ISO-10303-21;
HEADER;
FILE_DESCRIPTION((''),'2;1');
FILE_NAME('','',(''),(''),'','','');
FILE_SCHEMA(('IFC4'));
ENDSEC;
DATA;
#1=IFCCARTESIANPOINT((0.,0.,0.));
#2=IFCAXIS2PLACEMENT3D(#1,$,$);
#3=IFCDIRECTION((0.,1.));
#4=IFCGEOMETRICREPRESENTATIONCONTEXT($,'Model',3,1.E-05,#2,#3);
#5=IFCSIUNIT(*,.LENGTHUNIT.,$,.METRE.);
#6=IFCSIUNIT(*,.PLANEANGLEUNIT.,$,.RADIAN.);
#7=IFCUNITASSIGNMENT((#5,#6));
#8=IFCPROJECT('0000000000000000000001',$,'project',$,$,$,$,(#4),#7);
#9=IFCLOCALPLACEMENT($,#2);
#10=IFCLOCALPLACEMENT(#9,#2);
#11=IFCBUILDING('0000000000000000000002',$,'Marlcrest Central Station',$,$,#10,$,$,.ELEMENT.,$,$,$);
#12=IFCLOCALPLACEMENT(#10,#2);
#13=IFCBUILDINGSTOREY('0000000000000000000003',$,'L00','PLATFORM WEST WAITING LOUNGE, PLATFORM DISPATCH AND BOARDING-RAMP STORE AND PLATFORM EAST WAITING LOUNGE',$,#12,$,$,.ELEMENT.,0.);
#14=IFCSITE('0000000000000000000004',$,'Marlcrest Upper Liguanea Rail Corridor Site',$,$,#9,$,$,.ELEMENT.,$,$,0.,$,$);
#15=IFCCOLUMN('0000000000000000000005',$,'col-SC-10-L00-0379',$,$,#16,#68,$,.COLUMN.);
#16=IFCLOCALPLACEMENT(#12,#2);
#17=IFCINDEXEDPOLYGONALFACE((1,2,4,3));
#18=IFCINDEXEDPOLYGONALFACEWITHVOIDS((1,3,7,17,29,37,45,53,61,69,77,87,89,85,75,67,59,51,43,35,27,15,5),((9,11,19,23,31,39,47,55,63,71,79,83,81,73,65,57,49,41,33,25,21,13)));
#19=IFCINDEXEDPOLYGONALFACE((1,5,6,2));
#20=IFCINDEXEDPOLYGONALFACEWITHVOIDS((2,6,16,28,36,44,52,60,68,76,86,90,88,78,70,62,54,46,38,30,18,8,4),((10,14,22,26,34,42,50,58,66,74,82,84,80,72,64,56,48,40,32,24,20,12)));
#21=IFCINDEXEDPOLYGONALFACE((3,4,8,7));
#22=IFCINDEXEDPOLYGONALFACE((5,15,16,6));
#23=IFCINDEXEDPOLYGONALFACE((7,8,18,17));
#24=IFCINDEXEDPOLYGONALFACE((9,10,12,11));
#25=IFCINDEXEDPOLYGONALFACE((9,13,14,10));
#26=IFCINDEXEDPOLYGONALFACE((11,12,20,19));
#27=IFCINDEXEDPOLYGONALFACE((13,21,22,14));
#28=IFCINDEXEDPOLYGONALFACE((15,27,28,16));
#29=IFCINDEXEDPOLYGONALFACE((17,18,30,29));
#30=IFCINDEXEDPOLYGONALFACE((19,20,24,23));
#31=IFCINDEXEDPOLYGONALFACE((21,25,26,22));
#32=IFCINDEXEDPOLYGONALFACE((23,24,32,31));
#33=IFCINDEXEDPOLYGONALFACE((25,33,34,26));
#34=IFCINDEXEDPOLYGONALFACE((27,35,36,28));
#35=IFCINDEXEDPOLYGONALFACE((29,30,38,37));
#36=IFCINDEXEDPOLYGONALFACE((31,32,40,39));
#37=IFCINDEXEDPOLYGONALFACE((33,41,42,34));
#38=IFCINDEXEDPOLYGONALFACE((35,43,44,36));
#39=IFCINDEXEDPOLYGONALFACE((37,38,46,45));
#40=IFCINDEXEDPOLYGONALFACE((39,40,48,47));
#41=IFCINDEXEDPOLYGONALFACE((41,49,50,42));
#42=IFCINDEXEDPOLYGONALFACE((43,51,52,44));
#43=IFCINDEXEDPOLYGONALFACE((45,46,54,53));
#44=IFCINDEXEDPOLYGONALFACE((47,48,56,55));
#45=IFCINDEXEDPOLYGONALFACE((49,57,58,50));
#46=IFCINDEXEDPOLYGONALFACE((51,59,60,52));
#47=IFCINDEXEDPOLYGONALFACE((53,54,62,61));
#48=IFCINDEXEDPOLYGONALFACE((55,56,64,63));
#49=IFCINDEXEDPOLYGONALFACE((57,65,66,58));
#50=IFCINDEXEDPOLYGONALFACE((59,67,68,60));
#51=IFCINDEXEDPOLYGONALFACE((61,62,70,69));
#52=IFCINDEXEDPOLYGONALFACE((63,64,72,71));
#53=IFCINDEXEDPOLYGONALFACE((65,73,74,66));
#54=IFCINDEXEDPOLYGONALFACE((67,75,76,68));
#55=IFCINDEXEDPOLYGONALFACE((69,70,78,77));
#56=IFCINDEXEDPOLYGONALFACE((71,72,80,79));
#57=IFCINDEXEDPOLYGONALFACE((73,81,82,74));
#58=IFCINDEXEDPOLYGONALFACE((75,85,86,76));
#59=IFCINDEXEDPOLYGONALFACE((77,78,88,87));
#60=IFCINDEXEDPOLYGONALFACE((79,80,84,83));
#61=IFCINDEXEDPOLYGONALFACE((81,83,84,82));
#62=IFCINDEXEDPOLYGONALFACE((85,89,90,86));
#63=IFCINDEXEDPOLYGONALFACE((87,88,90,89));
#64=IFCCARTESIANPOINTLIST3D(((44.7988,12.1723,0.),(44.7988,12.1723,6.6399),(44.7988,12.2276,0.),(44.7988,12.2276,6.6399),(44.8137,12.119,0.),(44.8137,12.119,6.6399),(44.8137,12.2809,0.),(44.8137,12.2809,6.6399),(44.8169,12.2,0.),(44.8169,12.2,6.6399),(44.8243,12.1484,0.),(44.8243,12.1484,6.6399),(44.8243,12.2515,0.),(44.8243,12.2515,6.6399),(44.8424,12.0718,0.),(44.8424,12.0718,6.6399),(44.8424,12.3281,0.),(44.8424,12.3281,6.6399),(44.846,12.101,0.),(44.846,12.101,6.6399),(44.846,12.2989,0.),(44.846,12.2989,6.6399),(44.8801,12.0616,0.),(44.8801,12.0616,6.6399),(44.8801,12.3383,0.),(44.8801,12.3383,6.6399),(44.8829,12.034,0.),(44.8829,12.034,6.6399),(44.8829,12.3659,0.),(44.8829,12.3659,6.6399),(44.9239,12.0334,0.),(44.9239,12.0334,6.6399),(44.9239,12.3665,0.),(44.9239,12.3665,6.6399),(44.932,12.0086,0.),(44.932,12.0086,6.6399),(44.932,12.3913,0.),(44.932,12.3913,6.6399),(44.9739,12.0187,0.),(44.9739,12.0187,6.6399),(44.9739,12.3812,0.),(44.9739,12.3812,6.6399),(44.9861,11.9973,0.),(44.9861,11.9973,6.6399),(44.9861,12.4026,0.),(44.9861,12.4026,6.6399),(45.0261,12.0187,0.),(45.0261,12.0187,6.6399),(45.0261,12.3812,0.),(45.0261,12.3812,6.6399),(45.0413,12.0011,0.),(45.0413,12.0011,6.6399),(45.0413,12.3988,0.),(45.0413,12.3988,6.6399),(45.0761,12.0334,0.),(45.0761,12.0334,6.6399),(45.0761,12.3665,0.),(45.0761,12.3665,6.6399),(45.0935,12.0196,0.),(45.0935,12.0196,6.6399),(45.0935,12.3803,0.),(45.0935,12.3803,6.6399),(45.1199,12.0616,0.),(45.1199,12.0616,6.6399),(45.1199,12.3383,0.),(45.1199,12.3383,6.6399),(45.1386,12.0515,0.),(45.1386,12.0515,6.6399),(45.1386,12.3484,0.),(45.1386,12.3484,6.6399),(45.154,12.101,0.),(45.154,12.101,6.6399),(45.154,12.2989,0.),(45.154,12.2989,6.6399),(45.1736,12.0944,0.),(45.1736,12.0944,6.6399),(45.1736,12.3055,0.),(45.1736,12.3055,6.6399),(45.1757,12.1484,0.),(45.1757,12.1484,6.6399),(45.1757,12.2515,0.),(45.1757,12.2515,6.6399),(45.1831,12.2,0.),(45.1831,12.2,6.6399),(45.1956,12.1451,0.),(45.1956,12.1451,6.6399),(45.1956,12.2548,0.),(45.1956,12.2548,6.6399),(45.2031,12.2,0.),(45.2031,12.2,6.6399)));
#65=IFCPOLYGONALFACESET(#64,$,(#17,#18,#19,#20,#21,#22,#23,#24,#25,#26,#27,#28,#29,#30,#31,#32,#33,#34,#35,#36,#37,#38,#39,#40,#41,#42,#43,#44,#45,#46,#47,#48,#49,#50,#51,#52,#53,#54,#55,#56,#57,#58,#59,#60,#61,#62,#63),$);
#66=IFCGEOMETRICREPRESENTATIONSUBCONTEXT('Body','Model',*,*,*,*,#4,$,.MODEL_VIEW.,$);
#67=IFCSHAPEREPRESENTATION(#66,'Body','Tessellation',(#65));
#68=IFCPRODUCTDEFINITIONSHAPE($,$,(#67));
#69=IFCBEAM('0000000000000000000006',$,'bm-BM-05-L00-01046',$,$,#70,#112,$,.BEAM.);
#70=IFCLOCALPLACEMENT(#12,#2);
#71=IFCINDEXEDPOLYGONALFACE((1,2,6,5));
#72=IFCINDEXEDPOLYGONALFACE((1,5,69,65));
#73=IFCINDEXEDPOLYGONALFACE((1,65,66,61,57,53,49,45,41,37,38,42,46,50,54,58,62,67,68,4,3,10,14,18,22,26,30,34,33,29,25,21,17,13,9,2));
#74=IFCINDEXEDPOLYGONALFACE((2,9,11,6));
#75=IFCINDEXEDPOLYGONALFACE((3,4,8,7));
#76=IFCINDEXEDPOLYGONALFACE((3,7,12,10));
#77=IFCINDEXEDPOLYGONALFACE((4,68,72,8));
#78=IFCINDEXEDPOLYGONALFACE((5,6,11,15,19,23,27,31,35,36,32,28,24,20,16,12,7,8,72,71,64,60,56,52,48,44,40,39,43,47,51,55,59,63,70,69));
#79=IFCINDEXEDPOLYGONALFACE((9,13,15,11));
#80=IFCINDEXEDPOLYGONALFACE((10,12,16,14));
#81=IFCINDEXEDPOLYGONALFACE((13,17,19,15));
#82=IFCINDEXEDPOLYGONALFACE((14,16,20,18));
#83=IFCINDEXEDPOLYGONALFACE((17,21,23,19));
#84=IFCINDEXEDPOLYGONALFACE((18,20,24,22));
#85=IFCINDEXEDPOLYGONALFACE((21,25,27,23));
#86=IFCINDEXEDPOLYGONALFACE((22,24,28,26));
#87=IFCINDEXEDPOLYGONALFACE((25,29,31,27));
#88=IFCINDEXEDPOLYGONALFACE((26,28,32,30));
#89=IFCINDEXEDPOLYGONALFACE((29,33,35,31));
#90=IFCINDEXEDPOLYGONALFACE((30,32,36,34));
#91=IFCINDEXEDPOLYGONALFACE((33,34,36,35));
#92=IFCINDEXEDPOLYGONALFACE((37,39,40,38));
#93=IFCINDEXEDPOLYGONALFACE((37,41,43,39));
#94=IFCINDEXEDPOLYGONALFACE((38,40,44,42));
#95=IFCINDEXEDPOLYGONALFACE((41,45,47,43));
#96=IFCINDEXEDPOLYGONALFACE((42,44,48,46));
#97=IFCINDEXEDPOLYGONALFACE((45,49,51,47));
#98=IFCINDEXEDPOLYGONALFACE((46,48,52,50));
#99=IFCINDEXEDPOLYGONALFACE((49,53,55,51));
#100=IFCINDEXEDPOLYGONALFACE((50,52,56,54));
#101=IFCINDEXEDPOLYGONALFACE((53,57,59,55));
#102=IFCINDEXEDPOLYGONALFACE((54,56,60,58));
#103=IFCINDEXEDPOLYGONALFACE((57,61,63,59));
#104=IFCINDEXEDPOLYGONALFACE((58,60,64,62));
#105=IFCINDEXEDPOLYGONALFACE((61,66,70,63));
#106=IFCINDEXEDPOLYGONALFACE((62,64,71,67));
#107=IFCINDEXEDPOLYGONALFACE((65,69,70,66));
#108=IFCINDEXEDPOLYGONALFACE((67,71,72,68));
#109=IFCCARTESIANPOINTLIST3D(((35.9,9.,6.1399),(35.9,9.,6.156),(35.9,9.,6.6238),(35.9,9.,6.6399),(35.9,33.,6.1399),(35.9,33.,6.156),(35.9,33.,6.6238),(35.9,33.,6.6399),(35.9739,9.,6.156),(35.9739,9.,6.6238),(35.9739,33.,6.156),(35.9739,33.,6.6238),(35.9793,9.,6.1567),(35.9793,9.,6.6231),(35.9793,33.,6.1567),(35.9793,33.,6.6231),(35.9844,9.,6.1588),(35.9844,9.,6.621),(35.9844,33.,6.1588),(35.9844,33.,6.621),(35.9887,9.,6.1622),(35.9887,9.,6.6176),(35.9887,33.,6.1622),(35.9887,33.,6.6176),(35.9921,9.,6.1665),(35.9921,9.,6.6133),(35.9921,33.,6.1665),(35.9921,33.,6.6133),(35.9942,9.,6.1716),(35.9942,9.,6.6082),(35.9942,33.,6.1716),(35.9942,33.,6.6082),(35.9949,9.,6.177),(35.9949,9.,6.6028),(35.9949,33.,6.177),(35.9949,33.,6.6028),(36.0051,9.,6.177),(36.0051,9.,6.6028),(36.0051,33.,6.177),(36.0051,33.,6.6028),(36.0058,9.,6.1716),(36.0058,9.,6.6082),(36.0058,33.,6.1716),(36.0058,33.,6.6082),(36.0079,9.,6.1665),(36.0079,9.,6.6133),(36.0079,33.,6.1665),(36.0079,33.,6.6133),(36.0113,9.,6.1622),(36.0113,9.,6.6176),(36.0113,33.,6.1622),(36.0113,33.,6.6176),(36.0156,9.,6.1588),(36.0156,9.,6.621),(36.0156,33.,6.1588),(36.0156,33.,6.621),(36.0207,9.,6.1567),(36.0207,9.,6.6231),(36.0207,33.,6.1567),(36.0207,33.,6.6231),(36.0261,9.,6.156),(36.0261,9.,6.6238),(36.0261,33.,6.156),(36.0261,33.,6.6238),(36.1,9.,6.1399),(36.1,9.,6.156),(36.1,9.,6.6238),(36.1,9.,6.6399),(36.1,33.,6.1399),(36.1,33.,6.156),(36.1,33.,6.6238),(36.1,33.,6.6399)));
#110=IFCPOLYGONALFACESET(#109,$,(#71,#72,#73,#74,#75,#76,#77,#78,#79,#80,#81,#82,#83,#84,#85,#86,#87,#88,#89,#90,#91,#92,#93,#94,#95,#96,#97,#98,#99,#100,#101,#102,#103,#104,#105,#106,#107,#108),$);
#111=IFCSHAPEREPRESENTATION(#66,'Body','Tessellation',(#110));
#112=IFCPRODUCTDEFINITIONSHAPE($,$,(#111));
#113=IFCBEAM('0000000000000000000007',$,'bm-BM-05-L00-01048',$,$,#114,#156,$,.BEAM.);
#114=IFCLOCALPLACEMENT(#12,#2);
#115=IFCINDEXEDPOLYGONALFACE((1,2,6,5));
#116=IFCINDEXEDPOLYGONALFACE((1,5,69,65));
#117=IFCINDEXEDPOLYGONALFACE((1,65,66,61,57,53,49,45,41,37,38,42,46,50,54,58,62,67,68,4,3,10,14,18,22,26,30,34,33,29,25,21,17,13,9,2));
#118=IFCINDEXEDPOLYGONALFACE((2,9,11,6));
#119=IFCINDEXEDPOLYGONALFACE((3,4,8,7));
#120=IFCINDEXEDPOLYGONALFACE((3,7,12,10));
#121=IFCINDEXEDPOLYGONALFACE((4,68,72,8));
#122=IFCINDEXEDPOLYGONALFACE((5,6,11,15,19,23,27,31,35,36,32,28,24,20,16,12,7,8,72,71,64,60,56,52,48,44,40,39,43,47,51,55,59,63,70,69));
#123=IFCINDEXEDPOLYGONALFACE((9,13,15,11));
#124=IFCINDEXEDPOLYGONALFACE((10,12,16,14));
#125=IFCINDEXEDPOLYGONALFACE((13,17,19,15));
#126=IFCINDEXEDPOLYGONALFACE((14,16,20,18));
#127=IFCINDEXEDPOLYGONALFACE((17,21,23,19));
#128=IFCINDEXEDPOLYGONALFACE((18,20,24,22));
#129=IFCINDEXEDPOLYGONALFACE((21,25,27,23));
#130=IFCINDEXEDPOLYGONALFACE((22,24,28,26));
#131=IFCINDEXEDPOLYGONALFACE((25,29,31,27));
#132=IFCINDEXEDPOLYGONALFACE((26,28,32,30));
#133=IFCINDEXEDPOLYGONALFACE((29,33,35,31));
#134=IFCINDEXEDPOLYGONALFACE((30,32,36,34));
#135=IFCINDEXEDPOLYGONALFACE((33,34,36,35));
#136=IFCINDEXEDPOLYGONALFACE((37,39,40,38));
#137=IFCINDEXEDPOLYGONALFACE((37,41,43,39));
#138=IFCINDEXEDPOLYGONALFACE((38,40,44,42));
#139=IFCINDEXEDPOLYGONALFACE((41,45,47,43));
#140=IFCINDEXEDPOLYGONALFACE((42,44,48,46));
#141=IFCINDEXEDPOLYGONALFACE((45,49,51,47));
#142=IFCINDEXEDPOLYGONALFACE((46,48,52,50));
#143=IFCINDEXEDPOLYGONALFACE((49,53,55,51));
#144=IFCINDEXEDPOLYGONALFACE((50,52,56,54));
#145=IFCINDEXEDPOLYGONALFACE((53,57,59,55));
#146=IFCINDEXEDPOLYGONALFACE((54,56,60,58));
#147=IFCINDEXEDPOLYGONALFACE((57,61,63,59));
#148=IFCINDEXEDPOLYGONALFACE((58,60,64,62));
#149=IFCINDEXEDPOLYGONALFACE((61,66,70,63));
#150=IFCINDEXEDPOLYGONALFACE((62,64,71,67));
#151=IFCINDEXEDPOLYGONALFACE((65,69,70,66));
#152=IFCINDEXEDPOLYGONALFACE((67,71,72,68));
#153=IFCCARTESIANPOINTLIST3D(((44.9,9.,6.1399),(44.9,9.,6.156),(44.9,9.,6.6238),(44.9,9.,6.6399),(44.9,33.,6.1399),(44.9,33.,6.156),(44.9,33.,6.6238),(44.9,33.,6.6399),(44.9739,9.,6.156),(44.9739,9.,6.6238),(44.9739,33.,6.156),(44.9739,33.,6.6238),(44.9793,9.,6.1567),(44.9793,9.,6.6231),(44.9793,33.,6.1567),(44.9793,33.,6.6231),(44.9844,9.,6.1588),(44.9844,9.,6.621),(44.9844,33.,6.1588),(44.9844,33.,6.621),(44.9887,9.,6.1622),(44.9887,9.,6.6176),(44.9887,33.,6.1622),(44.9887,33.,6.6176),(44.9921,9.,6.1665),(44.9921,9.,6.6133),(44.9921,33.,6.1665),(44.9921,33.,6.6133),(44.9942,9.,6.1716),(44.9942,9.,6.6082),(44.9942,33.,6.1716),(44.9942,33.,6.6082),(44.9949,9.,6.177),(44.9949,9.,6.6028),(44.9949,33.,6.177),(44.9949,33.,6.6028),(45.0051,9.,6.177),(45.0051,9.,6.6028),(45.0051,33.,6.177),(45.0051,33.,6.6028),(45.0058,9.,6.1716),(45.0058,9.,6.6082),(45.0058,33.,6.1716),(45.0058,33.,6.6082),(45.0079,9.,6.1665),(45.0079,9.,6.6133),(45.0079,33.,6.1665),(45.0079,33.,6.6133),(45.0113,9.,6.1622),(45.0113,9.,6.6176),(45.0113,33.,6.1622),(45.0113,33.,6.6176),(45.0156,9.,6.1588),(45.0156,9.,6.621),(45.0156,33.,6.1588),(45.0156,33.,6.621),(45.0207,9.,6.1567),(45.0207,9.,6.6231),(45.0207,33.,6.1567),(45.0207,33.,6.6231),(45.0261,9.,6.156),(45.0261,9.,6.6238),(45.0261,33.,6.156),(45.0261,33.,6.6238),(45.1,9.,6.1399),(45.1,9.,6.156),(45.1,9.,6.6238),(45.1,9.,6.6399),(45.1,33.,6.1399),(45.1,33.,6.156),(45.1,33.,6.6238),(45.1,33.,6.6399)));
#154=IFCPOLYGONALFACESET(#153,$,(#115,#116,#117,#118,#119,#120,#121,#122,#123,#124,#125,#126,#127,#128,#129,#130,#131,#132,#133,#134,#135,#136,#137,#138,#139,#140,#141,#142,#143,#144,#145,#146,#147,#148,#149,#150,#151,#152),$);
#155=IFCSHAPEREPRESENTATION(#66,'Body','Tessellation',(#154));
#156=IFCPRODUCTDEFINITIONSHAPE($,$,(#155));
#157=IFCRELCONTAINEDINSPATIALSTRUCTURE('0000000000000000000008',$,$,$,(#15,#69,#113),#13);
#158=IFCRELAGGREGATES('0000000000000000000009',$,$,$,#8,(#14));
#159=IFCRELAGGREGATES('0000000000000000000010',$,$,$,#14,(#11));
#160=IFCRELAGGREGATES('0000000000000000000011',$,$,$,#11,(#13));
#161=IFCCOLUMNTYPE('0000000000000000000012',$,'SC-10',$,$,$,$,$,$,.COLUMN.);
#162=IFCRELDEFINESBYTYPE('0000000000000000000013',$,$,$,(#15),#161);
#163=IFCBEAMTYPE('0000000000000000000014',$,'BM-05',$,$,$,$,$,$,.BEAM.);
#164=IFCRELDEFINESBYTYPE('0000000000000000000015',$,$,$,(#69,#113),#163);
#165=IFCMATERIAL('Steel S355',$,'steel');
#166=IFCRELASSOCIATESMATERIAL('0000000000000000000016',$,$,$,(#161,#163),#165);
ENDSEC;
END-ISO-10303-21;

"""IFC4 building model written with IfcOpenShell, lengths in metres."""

from ifc_helpers import new_model, si_unit, direction, frame, origin, origin_2d, place, context, subcontext, project, spatial, hollow_circle, i_section, extrude, material, material_profile, profile_set, type_object, element, save


model = new_model("IFC4")

# Units and contexts
model_context = context("Model", 3, precision=1e-05, world=origin(), true_north=direction((0.0, 1.0)))
body_context = subcontext(model_context, "Body", "Model", "MODEL_VIEW")
ifc_project = project(units=[si_unit("LENGTHUNIT", "METRE"), si_unit("PLANEANGLEUNIT", "RADIAN")], contexts=[model_context])

# Site, building, storey
site_placement = place(None, origin())
site = spatial("IfcSite", under=ifc_project, at=site_placement, Name="Marlcrest Upper Liguanea Rail Corridor Site", CompositionType="ELEMENT", RefElevation=0.0)
building_placement = place(site_placement, origin())
building = spatial("IfcBuilding", under=site, at=building_placement, Name="Marlcrest Central Station", CompositionType="ELEMENT")
storey_placement = place(building_placement, origin())
storey = spatial("IfcBuildingStorey", under=building, at=storey_placement, Name="L00", Description="PLATFORM WEST WAITING LOUNGE, PLATFORM DISPATCH AND BOARDING-RAMP STORE AND PLATFORM EAST WAITING LOUNGE", CompositionType="ELEMENT", Elevation=0.0)

# Column
ifc_material_1 = material(Name="Steel S355", Category="steel")
ifc_material_profile_1 = material_profile(ifc_material_1, hollow_circle(Radius=0.2031, WallThickness=0.02, at=origin_2d()), Name="CHS 406.4x20")
ifc_profile_set_1 = profile_set([ifc_material_profile_1], Name="Steel S355")
column_type = type_object("IfcColumnType", Name="SC-10", PredefinedType="COLUMN", material=ifc_profile_set_1)
for number, where, z_axis, x_axis, name in (
    (1, (45.0, 12.2, 0.0), (0.0, 0.0, 1.0), (1.0, 0.0, 0.0), "col-SC-10-L00-0379"),
):
    element("IfcColumn", number, at=place(storey_placement, frame(where, z_axis=z_axis, x_axis=x_axis)), inside=storey, type_object=column_type, Name=name, PredefinedType="COLUMN", context=body_context, shape_type="SweptSolid", body=[
        extrude(hollow_circle(Radius=0.2031, WallThickness=0.02, at=origin_2d()), origin(), (0.0, 0.0, 1.0), 6.6399),
    ])

# Beams
ifc_material_profile_2 = material_profile(ifc_material_1, i_section(OverallWidth=0.2, OverallDepth=0.5, WebThickness=0.0103, FlangeThickness=0.0161, FilletRadius=0.021, at=origin_2d()), Name="IPE 500")
ifc_profile_set_2 = profile_set([ifc_material_profile_2], Name="Steel S355")
beam_type_1 = type_object("IfcBeamType", Name="BM-05", PredefinedType="BEAM", material=ifc_profile_set_2)
for number, where, z_axis, x_axis, name in (
    (2, (36.0, 9.0, 6.3899), (0.0, 1.0, 0.0), (-1.0, 0.0, 0.0), "bm-BM-05-L00-01046"),
    (3, (45.0, 9.0, 6.3899), (0.0, 1.0, 0.0), (-1.0, 0.0, 0.0), "bm-BM-05-L00-01048"),
):
    element("IfcBeam", number, at=place(storey_placement, frame(where, z_axis=z_axis, x_axis=x_axis)), inside=storey, type_object=beam_type_1, Name=name, PredefinedType="BEAM", context=body_context, shape_type="SweptSolid", body=[
        extrude(i_section(OverallWidth=0.2, OverallDepth=0.5, WebThickness=0.0103, FlangeThickness=0.0161, FilletRadius=0.021, at=origin_2d()), origin(), (0.0, 0.0, 1.0), 24.0),
    ])

save(model, "model.ifc")
